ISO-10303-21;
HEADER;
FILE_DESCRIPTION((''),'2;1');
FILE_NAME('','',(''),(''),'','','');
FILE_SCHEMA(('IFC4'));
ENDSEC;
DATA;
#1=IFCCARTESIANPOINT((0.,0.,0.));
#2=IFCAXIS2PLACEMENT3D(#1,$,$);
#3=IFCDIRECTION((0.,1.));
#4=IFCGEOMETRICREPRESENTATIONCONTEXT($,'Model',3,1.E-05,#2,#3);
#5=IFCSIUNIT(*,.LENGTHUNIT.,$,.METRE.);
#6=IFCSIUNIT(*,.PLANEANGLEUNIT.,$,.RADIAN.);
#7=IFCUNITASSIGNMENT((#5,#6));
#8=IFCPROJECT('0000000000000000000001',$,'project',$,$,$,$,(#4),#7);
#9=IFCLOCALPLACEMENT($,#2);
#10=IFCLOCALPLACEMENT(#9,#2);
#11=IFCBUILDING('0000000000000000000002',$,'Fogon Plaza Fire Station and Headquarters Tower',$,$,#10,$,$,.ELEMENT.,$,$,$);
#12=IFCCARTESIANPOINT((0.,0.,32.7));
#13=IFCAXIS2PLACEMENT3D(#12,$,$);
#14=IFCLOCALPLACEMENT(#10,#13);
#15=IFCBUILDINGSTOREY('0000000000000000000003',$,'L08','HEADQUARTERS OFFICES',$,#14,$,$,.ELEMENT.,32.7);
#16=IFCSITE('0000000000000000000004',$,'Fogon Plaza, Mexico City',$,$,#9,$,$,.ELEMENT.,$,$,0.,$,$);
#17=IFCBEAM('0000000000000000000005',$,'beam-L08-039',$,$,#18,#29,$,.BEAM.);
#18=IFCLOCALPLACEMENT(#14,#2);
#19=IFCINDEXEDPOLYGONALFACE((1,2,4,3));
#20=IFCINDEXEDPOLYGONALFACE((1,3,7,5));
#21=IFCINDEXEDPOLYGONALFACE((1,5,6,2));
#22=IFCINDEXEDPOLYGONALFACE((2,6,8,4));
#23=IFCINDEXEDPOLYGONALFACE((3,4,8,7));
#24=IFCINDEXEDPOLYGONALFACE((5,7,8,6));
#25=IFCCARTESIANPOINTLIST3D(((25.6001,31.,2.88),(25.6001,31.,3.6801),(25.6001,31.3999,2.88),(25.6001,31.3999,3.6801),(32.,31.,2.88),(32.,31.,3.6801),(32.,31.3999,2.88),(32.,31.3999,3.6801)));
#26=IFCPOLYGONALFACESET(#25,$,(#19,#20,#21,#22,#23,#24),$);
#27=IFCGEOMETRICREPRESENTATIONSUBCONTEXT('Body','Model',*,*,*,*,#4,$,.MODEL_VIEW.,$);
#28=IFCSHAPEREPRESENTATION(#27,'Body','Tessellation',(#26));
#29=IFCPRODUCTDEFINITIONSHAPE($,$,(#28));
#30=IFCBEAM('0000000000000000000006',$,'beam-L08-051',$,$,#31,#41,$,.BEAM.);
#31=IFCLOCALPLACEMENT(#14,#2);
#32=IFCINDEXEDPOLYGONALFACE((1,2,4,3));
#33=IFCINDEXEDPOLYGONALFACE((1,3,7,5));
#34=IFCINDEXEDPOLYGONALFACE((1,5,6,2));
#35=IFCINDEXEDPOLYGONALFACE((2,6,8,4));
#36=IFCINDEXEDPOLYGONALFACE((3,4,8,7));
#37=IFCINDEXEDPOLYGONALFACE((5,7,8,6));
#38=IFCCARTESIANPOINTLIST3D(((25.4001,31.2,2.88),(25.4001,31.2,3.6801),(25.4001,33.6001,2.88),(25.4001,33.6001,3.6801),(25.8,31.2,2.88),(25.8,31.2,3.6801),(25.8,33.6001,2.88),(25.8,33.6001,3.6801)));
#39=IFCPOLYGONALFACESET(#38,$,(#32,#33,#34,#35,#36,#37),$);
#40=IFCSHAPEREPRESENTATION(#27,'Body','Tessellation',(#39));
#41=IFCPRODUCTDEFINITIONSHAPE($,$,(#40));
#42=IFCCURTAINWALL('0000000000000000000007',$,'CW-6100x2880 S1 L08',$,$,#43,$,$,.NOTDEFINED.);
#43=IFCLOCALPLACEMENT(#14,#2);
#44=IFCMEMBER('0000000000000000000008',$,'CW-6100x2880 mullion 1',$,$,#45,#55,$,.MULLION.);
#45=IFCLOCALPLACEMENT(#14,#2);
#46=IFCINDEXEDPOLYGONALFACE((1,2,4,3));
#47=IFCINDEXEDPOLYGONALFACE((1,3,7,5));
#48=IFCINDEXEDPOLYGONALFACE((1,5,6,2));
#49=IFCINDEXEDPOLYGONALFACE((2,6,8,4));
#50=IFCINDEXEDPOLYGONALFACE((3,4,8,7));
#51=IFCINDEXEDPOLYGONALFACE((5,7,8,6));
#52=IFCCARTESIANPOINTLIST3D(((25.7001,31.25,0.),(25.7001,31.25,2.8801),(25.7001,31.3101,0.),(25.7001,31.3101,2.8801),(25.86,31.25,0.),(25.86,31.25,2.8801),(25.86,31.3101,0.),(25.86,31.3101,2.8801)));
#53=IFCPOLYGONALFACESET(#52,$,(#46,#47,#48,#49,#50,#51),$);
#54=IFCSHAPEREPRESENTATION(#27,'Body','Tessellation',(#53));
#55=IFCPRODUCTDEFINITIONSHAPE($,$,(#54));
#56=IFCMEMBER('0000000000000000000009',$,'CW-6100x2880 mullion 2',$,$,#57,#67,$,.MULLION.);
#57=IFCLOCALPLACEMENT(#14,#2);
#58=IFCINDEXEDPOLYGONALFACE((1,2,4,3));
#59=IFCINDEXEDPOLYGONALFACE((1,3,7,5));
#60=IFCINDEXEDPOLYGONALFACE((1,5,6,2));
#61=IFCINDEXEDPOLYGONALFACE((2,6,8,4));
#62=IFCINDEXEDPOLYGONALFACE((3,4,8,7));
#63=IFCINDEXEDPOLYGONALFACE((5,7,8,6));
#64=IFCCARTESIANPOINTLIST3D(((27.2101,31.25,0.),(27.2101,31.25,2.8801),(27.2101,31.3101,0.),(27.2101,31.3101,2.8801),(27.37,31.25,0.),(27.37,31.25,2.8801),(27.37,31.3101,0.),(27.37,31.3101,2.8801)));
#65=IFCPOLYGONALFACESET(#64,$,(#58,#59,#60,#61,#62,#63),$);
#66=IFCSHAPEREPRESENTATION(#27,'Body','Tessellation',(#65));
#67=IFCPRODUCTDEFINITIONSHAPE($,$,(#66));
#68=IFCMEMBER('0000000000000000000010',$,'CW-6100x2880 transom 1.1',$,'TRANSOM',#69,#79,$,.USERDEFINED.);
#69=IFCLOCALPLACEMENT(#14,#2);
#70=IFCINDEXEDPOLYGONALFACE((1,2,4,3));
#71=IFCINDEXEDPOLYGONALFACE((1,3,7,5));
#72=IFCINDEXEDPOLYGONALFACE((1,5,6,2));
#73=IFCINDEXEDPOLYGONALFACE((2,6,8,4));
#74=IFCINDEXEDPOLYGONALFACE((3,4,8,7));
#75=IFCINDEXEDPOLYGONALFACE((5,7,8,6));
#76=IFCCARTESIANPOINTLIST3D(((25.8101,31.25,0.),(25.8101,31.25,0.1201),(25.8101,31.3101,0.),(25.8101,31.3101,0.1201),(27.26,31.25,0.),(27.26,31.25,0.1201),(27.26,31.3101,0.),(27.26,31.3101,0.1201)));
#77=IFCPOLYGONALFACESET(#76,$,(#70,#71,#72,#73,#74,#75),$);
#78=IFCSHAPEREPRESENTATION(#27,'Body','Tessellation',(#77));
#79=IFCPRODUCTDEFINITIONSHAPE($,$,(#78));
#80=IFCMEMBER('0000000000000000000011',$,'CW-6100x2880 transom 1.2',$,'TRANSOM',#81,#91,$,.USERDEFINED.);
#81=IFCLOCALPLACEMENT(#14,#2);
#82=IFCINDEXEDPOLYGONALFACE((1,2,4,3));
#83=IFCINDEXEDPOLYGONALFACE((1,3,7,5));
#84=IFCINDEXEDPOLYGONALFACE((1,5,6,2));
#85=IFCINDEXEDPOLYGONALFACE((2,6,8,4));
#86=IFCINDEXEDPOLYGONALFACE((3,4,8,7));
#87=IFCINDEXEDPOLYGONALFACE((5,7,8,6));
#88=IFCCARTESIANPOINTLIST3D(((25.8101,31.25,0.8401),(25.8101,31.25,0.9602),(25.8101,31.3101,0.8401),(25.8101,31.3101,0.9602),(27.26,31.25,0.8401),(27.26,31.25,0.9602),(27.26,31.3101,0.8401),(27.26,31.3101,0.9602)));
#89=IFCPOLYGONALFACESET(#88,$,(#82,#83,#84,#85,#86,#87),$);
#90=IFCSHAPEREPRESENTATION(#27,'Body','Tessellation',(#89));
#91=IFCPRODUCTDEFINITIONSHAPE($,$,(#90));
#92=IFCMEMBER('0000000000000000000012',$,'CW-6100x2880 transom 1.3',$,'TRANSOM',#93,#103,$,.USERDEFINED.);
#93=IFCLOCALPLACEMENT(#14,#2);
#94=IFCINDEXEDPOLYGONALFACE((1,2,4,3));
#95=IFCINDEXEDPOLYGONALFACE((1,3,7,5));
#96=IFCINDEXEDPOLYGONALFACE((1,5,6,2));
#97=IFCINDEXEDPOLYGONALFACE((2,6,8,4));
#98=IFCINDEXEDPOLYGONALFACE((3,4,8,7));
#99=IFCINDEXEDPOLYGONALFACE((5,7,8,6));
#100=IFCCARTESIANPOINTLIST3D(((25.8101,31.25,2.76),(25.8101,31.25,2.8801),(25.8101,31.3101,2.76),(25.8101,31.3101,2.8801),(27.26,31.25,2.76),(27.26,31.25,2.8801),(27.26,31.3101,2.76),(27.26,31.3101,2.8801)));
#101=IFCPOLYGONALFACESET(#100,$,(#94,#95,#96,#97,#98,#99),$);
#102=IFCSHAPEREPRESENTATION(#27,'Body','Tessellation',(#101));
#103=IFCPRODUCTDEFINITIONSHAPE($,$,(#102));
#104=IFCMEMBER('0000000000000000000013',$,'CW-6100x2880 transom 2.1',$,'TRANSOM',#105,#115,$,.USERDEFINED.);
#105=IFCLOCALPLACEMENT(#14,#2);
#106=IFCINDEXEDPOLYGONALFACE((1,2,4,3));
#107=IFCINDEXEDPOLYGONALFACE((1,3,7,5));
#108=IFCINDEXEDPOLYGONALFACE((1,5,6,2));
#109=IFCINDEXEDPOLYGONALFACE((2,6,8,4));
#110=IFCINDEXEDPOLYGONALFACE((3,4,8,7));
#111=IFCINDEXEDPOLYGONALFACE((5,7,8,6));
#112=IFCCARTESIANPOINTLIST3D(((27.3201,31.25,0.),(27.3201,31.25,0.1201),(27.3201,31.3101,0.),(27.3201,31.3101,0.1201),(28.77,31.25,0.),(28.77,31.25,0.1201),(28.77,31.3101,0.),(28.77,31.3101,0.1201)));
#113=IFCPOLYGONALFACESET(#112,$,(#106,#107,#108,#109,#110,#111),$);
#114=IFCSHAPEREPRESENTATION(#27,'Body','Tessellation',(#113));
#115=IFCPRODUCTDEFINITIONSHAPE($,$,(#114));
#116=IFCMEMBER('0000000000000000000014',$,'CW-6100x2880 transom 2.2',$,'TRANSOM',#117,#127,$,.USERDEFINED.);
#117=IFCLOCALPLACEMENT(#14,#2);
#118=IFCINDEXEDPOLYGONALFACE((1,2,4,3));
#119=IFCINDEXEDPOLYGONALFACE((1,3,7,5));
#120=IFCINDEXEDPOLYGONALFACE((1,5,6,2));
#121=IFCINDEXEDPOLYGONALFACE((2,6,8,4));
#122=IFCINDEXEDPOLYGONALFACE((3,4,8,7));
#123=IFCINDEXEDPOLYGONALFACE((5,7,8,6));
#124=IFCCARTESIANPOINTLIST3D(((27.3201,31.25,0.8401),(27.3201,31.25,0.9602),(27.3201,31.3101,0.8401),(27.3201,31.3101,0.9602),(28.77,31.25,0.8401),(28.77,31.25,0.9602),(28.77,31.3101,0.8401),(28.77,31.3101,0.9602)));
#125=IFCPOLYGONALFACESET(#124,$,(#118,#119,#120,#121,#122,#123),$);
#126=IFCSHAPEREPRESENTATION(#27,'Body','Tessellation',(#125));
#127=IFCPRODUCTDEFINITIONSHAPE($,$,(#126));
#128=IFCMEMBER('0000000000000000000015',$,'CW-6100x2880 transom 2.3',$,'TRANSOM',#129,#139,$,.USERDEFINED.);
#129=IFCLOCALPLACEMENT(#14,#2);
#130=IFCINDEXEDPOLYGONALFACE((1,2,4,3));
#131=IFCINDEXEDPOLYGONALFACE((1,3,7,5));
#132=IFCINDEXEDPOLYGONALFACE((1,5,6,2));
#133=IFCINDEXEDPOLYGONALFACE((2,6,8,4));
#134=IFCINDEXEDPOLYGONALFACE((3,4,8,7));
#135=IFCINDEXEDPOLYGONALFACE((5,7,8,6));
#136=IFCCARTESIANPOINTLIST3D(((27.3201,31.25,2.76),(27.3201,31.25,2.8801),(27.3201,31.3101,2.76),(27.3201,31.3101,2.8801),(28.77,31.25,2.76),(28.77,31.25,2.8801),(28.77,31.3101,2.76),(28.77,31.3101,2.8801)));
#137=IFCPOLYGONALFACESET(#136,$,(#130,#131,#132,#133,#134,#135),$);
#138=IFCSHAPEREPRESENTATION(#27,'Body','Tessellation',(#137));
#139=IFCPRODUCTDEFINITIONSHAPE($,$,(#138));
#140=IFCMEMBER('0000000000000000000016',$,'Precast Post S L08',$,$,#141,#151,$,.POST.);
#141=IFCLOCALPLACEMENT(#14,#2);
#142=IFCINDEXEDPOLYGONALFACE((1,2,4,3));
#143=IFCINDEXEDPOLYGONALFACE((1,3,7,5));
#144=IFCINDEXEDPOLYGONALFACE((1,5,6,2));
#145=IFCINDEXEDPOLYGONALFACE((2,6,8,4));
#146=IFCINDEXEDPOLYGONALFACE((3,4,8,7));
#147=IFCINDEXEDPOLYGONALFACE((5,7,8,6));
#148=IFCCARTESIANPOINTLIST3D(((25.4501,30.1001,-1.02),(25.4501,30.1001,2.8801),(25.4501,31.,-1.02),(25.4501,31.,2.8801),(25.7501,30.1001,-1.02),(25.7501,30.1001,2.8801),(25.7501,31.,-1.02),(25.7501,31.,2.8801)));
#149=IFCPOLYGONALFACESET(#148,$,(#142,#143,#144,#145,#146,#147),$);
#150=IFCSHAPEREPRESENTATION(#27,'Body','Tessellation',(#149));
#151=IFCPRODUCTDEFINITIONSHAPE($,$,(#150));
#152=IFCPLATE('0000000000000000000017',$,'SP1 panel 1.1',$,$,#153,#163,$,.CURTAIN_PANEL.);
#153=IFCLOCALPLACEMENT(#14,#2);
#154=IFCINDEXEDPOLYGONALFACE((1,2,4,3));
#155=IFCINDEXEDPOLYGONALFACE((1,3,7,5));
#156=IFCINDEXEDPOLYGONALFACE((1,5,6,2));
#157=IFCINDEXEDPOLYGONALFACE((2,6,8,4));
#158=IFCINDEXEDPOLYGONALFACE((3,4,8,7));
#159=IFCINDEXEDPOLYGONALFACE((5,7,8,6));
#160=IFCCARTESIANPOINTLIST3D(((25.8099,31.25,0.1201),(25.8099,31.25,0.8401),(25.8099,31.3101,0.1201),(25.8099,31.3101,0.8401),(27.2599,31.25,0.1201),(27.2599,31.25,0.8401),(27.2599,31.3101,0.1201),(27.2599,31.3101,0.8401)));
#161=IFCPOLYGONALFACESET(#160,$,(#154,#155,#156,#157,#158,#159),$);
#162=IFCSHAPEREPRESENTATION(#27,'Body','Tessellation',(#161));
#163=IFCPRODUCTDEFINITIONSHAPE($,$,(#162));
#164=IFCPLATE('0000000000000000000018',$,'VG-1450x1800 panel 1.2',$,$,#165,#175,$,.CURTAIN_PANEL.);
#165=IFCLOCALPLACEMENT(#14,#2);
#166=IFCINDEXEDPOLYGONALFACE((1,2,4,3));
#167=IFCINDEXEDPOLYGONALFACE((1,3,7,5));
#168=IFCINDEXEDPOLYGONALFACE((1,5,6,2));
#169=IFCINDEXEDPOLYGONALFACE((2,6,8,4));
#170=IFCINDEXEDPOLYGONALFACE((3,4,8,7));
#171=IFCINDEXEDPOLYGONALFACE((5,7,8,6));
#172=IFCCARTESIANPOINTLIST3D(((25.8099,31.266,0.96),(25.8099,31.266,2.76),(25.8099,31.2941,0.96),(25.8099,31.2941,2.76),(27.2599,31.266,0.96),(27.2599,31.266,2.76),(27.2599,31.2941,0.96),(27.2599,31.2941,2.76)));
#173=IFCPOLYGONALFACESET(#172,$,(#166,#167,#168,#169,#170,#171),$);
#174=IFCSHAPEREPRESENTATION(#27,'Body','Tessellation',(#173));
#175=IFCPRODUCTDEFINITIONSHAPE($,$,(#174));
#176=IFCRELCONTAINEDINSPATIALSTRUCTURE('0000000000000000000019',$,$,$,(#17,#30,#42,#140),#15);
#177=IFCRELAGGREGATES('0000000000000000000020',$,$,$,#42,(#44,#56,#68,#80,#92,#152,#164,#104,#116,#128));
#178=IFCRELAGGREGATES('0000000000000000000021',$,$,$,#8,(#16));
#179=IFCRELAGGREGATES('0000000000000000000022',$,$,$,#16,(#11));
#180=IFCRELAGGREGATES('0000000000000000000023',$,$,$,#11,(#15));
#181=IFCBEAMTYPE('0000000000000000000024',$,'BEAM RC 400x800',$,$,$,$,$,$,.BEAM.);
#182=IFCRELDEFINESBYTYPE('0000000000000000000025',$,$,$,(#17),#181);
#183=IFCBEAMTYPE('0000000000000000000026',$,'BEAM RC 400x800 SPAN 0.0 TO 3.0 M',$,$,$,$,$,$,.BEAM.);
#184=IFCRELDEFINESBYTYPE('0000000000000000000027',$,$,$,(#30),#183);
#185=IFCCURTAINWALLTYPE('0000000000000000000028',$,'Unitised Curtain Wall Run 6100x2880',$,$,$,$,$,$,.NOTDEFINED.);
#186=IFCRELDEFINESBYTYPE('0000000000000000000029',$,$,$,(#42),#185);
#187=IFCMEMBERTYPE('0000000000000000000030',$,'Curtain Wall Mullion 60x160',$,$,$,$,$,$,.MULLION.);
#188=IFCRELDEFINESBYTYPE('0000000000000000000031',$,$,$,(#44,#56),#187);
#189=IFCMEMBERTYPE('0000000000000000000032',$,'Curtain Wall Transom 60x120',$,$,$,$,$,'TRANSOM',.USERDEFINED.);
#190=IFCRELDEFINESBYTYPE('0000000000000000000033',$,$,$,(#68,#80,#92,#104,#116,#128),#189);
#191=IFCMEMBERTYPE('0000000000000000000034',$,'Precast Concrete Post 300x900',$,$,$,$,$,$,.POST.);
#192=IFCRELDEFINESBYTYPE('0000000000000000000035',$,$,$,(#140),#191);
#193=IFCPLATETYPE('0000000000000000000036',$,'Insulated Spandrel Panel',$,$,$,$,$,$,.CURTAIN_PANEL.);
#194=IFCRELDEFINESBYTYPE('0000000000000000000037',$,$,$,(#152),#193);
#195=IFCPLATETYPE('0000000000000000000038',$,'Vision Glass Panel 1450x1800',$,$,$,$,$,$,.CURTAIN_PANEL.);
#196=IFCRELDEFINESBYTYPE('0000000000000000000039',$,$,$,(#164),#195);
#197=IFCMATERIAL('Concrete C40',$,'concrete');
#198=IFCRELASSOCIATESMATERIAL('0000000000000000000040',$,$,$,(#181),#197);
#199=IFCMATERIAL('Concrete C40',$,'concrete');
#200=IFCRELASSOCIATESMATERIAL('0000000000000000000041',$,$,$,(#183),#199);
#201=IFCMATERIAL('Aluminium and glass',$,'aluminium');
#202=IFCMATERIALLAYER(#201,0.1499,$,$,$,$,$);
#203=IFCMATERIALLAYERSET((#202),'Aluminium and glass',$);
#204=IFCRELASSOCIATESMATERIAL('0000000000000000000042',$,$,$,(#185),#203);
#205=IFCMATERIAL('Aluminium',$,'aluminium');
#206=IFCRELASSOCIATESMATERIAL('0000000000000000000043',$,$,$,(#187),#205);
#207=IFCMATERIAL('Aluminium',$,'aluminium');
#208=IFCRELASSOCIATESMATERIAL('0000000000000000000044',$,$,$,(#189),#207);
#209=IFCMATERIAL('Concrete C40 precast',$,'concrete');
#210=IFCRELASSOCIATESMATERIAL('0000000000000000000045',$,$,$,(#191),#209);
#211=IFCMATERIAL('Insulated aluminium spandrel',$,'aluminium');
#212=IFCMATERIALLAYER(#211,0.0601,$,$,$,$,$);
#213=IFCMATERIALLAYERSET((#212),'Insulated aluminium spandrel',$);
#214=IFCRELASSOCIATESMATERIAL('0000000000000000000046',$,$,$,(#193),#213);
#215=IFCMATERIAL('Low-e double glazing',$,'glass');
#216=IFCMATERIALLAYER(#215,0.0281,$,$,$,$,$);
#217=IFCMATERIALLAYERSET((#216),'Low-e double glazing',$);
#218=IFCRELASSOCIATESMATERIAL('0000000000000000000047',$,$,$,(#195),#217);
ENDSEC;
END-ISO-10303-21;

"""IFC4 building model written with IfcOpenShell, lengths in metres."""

from ifc_helpers import new_model, si_unit, direction, frame, origin, origin_2d, place, context, subcontext, project, spatial, rectangle, extrude, material, layer, layer_set, material_profile, profile_set, type_object, element, aggregate, save


model = new_model("IFC4")

# Units and contexts
model_context = context("Model", 3, precision=1e-05, world=origin(), true_north=direction((0.0, 1.0)))
body_context = subcontext(model_context, "Body", "Model", "MODEL_VIEW")
ifc_project = project(units=[si_unit("LENGTHUNIT", "METRE"), si_unit("PLANEANGLEUNIT", "RADIAN")], contexts=[model_context])

# Site, building, storey
site_placement = place(None, origin())
site = spatial("IfcSite", under=ifc_project, at=site_placement, Name="Fogon Plaza, Mexico City", CompositionType="ELEMENT", RefElevation=0.0)
building_placement = place(site_placement, origin())
building = spatial("IfcBuilding", under=site, at=building_placement, Name="Fogon Plaza Fire Station and Headquarters Tower", CompositionType="ELEMENT")
storey_placement = place(building_placement, frame((0.0, 0.0, 32.7)))
storey = spatial("IfcBuildingStorey", under=building, at=storey_placement, Name="L08", Description="HEADQUARTERS OFFICES", CompositionType="ELEMENT", Elevation=32.7)

# Beams
ifc_material_1 = material(Name="Concrete C40", Category="concrete")
ifc_material_profile_1 = material_profile(ifc_material_1, rectangle(XDim=0.3999, YDim=0.8, at=origin_2d()), Name="RC 400x800")
ifc_profile_set_1 = profile_set([ifc_material_profile_1], Name="Concrete C40")
beam_type_1 = type_object("IfcBeamType", Name="BEAM RC 400x800", PredefinedType="BEAM", material=ifc_profile_set_1)
beam_1_placement = place(storey_placement, frame((25.6001, 31.2, 3.28), z_axis=(1.0, 0.0, 0.0), x_axis=(0.0, 1.0, 0.0)))
element("IfcBeam", 1, at=beam_1_placement, inside=storey, type_object=beam_type_1, Name="beam-L08-039", PredefinedType="BEAM", context=body_context, shape_type="SweptSolid", body=[
    extrude(rectangle(XDim=0.3999, YDim=0.8, at=origin_2d()), origin(), (0.0, 0.0, 1.0), 6.3999),
])
ifc_material_2 = material(Name="Concrete C40", Category="concrete")
ifc_material_profile_2 = material_profile(ifc_material_2, rectangle(XDim=0.3999, YDim=0.8, at=origin_2d()), Name="RC 400x800")
ifc_profile_set_2 = profile_set([ifc_material_profile_2], Name="Concrete C40")
beam_type_2 = type_object("IfcBeamType", Name="BEAM RC 400x800 SPAN 0.0 TO 3.0 M", PredefinedType="BEAM", material=ifc_profile_set_2)
beam_2_placement = place(storey_placement, frame((25.6001, 31.2, 3.28), z_axis=(0.0, 1.0, 0.0), x_axis=(-1.0, 0.0, 0.0)))
element("IfcBeam", 2, at=beam_2_placement, inside=storey, type_object=beam_type_2, Name="beam-L08-051", PredefinedType="BEAM", context=body_context, shape_type="SweptSolid", body=[
    extrude(rectangle(XDim=0.3999, YDim=0.8, at=origin_2d()), origin(), (0.0, 0.0, 1.0), 2.4001),
])

# Curtain wall, members
ifc_material_3 = material(Name="Aluminium and glass", Category="aluminium")
ifc_layer_1 = layer(ifc_material_3, 0.1499)
ifc_layer_set_1 = layer_set([ifc_layer_1], Name="Aluminium and glass")
curtain_wall_type = type_object("IfcCurtainWallType", Name="Unitised Curtain Wall Run 6100x2880", PredefinedType="NOTDEFINED", material=ifc_layer_set_1)
curtain_wall_placement = place(storey_placement, origin())
curtain_wall = element("IfcCurtainWall", 3, at=curtain_wall_placement, inside=storey, type_object=curtain_wall_type, Name="CW-6100x2880 S1 L08", PredefinedType="NOTDEFINED")
ifc_material_4 = material(Name="Aluminium", Category="aluminium")
ifc_material_profile_3 = material_profile(ifc_material_4, rectangle(XDim=0.0601, YDim=0.1599, at=origin_2d()), Name="Curtain Wall Mullion 60x160")
ifc_profile_set_3 = profile_set([ifc_material_profile_3], Name="Aluminium")
member_type_1 = type_object("IfcMemberType", Name="Curtain Wall Mullion 60x160", PredefinedType="MULLION", material=ifc_profile_set_3)
member_1_placement = place(storey_placement, frame((25.78, 31.28, 0.0), z_axis=(0.0, 0.0, 1.0), x_axis=(0.0, 1.0, 0.0)))
member_1 = element("IfcMember", 4, at=member_1_placement, type_object=member_type_1, Name="CW-6100x2880 mullion 1", PredefinedType="MULLION", context=body_context, shape_type="SweptSolid", body=[
    extrude(rectangle(XDim=0.0601, YDim=0.1599, at=origin_2d()), origin(), (0.0, 0.0, 1.0), 2.8801),
])
member_2_placement = place(storey_placement, frame((27.29, 31.28, 0.0), z_axis=(0.0, 0.0, 1.0), x_axis=(0.0, 1.0, 0.0)))
member_2 = element("IfcMember", 5, at=member_2_placement, type_object=member_type_1, Name="CW-6100x2880 mullion 2", PredefinedType="MULLION", context=body_context, shape_type="SweptSolid", body=[
    extrude(rectangle(XDim=0.0601, YDim=0.1599, at=origin_2d()), origin(), (0.0, 0.0, 1.0), 2.8801),
])
ifc_material_5 = material(Name="Aluminium", Category="aluminium")
ifc_material_profile_4 = material_profile(ifc_material_5, rectangle(XDim=0.0601, YDim=0.1201, at=origin_2d()), Name="Curtain Wall Transom 60x120")
ifc_profile_set_4 = profile_set([ifc_material_profile_4], Name="Aluminium")
member_type_2 = type_object("IfcMemberType", Name="Curtain Wall Transom 60x120", ElementType="TRANSOM", PredefinedType="USERDEFINED", material=ifc_profile_set_4)
member_3_placement = place(storey_placement, frame((25.8101, 31.28, 0.0601), z_axis=(1.0, 0.0, 0.0), x_axis=(0.0, 1.0, 0.0)))
member_3 = element("IfcMember", 6, at=member_3_placement, type_object=member_type_2, Name="CW-6100x2880 transom 1.1", ObjectType="TRANSOM", PredefinedType="USERDEFINED", context=body_context, shape_type="SweptSolid", body=[
    extrude(rectangle(XDim=0.0601, YDim=0.1201, at=origin_2d()), origin(), (0.0, 0.0, 1.0), 1.45),
])
member_4_placement = place(storey_placement, frame((25.8101, 31.28, 0.9001), z_axis=(1.0, 0.0, 0.0), x_axis=(0.0, 1.0, 0.0)))
member_4 = element("IfcMember", 7, at=member_4_placement, type_object=member_type_2, Name="CW-6100x2880 transom 1.2", ObjectType="TRANSOM", PredefinedType="USERDEFINED", context=body_context, shape_type="SweptSolid", body=[
    extrude(rectangle(XDim=0.0601, YDim=0.1201, at=origin_2d()), origin(), (0.0, 0.0, 1.0), 1.45),
])
member_5_placement = place(storey_placement, frame((25.8101, 31.28, 2.8201), z_axis=(1.0, 0.0, 0.0), x_axis=(0.0, 1.0, 0.0)))
member_5 = element("IfcMember", 8, at=member_5_placement, type_object=member_type_2, Name="CW-6100x2880 transom 1.3", ObjectType="TRANSOM", PredefinedType="USERDEFINED", context=body_context, shape_type="SweptSolid", body=[
    extrude(rectangle(XDim=0.0601, YDim=0.1201, at=origin_2d()), origin(), (0.0, 0.0, 1.0), 1.45),
])
member_6_placement = place(storey_placement, frame((27.3201, 31.28, 0.0601), z_axis=(1.0, 0.0, 0.0), x_axis=(0.0, 1.0, 0.0)))
member_6 = element("IfcMember", 9, at=member_6_placement, type_object=member_type_2, Name="CW-6100x2880 transom 2.1", ObjectType="TRANSOM", PredefinedType="USERDEFINED", context=body_context, shape_type="SweptSolid", body=[
    extrude(rectangle(XDim=0.0601, YDim=0.1201, at=origin_2d()), origin(), (0.0, 0.0, 1.0), 1.45),
])
member_7_placement = place(storey_placement, frame((27.3201, 31.28, 0.9001), z_axis=(1.0, 0.0, 0.0), x_axis=(0.0, 1.0, 0.0)))
member_7 = element("IfcMember", 10, at=member_7_placement, type_object=member_type_2, Name="CW-6100x2880 transom 2.2", ObjectType="TRANSOM", PredefinedType="USERDEFINED", context=body_context, shape_type="SweptSolid", body=[
    extrude(rectangle(XDim=0.0601, YDim=0.1201, at=origin_2d()), origin(), (0.0, 0.0, 1.0), 1.45),
])
member_8_placement = place(storey_placement, frame((27.3201, 31.28, 2.8201), z_axis=(1.0, 0.0, 0.0), x_axis=(0.0, 1.0, 0.0)))
member_8 = element("IfcMember", 11, at=member_8_placement, type_object=member_type_2, Name="CW-6100x2880 transom 2.3", ObjectType="TRANSOM", PredefinedType="USERDEFINED", context=body_context, shape_type="SweptSolid", body=[
    extrude(rectangle(XDim=0.0601, YDim=0.1201, at=origin_2d()), origin(), (0.0, 0.0, 1.0), 1.45),
])

# Member
ifc_material_6 = material(Name="Concrete C40 precast", Category="concrete")
ifc_material_profile_5 = material_profile(ifc_material_6, rectangle(XDim=0.3, YDim=0.8999, at=origin_2d()), Name="Precast Concrete Post 300x900")
ifc_profile_set_5 = profile_set([ifc_material_profile_5], Name="Concrete C40 precast")
member_type_3 = type_object("IfcMemberType", Name="Precast Concrete Post 300x900", PredefinedType="POST", material=ifc_profile_set_5)
member_9_placement = place(storey_placement, frame((25.6001, 30.55, -1.02), z_axis=(0.0, 0.0, 1.0), x_axis=(1.0, 0.0, 0.0)))
element("IfcMember", 12, at=member_9_placement, inside=storey, type_object=member_type_3, Name="Precast Post S L08", PredefinedType="POST", context=body_context, shape_type="SweptSolid", body=[
    extrude(rectangle(XDim=0.3, YDim=0.8999, at=origin_2d()), origin(), (0.0, 0.0, 1.0), 3.9001),
])

# Plates
ifc_material_7 = material(Name="Insulated aluminium spandrel", Category="aluminium")
ifc_layer_2 = layer(ifc_material_7, 0.0601)
ifc_layer_set_2 = layer_set([ifc_layer_2], Name="Insulated aluminium spandrel")
plate_type_1 = type_object("IfcPlateType", Name="Insulated Spandrel Panel", PredefinedType="CURTAIN_PANEL", material=ifc_layer_set_2)
plate_1_placement = place(storey_placement, frame((26.5349, 31.28, 0.1201), z_axis=(0.0, 0.0, 1.0), x_axis=(1.0, 0.0, 0.0)))
plate_1 = element("IfcPlate", 13, at=plate_1_placement, type_object=plate_type_1, Name="SP1 panel 1.1", PredefinedType="CURTAIN_PANEL", context=body_context, shape_type="SweptSolid", body=[
    extrude(rectangle(XDim=1.45, YDim=0.0601, at=origin_2d()), origin(), (0.0, 0.0, 1.0), 0.72),
])
ifc_material_8 = material(Name="Low-e double glazing", Category="glass")
ifc_layer_3 = layer(ifc_material_8, 0.0281)
ifc_layer_set_3 = layer_set([ifc_layer_3], Name="Low-e double glazing")
plate_type_2 = type_object("IfcPlateType", Name="Vision Glass Panel 1450x1800", PredefinedType="CURTAIN_PANEL", material=ifc_layer_set_3)
plate_2_placement = place(storey_placement, frame((26.5349, 31.28, 0.96), z_axis=(0.0, 0.0, 1.0), x_axis=(1.0, 0.0, 0.0)))
plate_2 = element("IfcPlate", 14, at=plate_2_placement, type_object=plate_type_2, Name="VG-1450x1800 panel 1.2", PredefinedType="CURTAIN_PANEL", context=body_context, shape_type="SweptSolid", body=[
    extrude(rectangle(XDim=1.45, YDim=0.0281, at=origin_2d()), origin(), (0.0, 0.0, 1.0), 1.8),
])
aggregate(curtain_wall, [member_1, member_2, member_3, member_4, member_5, plate_1, plate_2, member_6, member_7, member_8])

save(model, "model.ifc")
